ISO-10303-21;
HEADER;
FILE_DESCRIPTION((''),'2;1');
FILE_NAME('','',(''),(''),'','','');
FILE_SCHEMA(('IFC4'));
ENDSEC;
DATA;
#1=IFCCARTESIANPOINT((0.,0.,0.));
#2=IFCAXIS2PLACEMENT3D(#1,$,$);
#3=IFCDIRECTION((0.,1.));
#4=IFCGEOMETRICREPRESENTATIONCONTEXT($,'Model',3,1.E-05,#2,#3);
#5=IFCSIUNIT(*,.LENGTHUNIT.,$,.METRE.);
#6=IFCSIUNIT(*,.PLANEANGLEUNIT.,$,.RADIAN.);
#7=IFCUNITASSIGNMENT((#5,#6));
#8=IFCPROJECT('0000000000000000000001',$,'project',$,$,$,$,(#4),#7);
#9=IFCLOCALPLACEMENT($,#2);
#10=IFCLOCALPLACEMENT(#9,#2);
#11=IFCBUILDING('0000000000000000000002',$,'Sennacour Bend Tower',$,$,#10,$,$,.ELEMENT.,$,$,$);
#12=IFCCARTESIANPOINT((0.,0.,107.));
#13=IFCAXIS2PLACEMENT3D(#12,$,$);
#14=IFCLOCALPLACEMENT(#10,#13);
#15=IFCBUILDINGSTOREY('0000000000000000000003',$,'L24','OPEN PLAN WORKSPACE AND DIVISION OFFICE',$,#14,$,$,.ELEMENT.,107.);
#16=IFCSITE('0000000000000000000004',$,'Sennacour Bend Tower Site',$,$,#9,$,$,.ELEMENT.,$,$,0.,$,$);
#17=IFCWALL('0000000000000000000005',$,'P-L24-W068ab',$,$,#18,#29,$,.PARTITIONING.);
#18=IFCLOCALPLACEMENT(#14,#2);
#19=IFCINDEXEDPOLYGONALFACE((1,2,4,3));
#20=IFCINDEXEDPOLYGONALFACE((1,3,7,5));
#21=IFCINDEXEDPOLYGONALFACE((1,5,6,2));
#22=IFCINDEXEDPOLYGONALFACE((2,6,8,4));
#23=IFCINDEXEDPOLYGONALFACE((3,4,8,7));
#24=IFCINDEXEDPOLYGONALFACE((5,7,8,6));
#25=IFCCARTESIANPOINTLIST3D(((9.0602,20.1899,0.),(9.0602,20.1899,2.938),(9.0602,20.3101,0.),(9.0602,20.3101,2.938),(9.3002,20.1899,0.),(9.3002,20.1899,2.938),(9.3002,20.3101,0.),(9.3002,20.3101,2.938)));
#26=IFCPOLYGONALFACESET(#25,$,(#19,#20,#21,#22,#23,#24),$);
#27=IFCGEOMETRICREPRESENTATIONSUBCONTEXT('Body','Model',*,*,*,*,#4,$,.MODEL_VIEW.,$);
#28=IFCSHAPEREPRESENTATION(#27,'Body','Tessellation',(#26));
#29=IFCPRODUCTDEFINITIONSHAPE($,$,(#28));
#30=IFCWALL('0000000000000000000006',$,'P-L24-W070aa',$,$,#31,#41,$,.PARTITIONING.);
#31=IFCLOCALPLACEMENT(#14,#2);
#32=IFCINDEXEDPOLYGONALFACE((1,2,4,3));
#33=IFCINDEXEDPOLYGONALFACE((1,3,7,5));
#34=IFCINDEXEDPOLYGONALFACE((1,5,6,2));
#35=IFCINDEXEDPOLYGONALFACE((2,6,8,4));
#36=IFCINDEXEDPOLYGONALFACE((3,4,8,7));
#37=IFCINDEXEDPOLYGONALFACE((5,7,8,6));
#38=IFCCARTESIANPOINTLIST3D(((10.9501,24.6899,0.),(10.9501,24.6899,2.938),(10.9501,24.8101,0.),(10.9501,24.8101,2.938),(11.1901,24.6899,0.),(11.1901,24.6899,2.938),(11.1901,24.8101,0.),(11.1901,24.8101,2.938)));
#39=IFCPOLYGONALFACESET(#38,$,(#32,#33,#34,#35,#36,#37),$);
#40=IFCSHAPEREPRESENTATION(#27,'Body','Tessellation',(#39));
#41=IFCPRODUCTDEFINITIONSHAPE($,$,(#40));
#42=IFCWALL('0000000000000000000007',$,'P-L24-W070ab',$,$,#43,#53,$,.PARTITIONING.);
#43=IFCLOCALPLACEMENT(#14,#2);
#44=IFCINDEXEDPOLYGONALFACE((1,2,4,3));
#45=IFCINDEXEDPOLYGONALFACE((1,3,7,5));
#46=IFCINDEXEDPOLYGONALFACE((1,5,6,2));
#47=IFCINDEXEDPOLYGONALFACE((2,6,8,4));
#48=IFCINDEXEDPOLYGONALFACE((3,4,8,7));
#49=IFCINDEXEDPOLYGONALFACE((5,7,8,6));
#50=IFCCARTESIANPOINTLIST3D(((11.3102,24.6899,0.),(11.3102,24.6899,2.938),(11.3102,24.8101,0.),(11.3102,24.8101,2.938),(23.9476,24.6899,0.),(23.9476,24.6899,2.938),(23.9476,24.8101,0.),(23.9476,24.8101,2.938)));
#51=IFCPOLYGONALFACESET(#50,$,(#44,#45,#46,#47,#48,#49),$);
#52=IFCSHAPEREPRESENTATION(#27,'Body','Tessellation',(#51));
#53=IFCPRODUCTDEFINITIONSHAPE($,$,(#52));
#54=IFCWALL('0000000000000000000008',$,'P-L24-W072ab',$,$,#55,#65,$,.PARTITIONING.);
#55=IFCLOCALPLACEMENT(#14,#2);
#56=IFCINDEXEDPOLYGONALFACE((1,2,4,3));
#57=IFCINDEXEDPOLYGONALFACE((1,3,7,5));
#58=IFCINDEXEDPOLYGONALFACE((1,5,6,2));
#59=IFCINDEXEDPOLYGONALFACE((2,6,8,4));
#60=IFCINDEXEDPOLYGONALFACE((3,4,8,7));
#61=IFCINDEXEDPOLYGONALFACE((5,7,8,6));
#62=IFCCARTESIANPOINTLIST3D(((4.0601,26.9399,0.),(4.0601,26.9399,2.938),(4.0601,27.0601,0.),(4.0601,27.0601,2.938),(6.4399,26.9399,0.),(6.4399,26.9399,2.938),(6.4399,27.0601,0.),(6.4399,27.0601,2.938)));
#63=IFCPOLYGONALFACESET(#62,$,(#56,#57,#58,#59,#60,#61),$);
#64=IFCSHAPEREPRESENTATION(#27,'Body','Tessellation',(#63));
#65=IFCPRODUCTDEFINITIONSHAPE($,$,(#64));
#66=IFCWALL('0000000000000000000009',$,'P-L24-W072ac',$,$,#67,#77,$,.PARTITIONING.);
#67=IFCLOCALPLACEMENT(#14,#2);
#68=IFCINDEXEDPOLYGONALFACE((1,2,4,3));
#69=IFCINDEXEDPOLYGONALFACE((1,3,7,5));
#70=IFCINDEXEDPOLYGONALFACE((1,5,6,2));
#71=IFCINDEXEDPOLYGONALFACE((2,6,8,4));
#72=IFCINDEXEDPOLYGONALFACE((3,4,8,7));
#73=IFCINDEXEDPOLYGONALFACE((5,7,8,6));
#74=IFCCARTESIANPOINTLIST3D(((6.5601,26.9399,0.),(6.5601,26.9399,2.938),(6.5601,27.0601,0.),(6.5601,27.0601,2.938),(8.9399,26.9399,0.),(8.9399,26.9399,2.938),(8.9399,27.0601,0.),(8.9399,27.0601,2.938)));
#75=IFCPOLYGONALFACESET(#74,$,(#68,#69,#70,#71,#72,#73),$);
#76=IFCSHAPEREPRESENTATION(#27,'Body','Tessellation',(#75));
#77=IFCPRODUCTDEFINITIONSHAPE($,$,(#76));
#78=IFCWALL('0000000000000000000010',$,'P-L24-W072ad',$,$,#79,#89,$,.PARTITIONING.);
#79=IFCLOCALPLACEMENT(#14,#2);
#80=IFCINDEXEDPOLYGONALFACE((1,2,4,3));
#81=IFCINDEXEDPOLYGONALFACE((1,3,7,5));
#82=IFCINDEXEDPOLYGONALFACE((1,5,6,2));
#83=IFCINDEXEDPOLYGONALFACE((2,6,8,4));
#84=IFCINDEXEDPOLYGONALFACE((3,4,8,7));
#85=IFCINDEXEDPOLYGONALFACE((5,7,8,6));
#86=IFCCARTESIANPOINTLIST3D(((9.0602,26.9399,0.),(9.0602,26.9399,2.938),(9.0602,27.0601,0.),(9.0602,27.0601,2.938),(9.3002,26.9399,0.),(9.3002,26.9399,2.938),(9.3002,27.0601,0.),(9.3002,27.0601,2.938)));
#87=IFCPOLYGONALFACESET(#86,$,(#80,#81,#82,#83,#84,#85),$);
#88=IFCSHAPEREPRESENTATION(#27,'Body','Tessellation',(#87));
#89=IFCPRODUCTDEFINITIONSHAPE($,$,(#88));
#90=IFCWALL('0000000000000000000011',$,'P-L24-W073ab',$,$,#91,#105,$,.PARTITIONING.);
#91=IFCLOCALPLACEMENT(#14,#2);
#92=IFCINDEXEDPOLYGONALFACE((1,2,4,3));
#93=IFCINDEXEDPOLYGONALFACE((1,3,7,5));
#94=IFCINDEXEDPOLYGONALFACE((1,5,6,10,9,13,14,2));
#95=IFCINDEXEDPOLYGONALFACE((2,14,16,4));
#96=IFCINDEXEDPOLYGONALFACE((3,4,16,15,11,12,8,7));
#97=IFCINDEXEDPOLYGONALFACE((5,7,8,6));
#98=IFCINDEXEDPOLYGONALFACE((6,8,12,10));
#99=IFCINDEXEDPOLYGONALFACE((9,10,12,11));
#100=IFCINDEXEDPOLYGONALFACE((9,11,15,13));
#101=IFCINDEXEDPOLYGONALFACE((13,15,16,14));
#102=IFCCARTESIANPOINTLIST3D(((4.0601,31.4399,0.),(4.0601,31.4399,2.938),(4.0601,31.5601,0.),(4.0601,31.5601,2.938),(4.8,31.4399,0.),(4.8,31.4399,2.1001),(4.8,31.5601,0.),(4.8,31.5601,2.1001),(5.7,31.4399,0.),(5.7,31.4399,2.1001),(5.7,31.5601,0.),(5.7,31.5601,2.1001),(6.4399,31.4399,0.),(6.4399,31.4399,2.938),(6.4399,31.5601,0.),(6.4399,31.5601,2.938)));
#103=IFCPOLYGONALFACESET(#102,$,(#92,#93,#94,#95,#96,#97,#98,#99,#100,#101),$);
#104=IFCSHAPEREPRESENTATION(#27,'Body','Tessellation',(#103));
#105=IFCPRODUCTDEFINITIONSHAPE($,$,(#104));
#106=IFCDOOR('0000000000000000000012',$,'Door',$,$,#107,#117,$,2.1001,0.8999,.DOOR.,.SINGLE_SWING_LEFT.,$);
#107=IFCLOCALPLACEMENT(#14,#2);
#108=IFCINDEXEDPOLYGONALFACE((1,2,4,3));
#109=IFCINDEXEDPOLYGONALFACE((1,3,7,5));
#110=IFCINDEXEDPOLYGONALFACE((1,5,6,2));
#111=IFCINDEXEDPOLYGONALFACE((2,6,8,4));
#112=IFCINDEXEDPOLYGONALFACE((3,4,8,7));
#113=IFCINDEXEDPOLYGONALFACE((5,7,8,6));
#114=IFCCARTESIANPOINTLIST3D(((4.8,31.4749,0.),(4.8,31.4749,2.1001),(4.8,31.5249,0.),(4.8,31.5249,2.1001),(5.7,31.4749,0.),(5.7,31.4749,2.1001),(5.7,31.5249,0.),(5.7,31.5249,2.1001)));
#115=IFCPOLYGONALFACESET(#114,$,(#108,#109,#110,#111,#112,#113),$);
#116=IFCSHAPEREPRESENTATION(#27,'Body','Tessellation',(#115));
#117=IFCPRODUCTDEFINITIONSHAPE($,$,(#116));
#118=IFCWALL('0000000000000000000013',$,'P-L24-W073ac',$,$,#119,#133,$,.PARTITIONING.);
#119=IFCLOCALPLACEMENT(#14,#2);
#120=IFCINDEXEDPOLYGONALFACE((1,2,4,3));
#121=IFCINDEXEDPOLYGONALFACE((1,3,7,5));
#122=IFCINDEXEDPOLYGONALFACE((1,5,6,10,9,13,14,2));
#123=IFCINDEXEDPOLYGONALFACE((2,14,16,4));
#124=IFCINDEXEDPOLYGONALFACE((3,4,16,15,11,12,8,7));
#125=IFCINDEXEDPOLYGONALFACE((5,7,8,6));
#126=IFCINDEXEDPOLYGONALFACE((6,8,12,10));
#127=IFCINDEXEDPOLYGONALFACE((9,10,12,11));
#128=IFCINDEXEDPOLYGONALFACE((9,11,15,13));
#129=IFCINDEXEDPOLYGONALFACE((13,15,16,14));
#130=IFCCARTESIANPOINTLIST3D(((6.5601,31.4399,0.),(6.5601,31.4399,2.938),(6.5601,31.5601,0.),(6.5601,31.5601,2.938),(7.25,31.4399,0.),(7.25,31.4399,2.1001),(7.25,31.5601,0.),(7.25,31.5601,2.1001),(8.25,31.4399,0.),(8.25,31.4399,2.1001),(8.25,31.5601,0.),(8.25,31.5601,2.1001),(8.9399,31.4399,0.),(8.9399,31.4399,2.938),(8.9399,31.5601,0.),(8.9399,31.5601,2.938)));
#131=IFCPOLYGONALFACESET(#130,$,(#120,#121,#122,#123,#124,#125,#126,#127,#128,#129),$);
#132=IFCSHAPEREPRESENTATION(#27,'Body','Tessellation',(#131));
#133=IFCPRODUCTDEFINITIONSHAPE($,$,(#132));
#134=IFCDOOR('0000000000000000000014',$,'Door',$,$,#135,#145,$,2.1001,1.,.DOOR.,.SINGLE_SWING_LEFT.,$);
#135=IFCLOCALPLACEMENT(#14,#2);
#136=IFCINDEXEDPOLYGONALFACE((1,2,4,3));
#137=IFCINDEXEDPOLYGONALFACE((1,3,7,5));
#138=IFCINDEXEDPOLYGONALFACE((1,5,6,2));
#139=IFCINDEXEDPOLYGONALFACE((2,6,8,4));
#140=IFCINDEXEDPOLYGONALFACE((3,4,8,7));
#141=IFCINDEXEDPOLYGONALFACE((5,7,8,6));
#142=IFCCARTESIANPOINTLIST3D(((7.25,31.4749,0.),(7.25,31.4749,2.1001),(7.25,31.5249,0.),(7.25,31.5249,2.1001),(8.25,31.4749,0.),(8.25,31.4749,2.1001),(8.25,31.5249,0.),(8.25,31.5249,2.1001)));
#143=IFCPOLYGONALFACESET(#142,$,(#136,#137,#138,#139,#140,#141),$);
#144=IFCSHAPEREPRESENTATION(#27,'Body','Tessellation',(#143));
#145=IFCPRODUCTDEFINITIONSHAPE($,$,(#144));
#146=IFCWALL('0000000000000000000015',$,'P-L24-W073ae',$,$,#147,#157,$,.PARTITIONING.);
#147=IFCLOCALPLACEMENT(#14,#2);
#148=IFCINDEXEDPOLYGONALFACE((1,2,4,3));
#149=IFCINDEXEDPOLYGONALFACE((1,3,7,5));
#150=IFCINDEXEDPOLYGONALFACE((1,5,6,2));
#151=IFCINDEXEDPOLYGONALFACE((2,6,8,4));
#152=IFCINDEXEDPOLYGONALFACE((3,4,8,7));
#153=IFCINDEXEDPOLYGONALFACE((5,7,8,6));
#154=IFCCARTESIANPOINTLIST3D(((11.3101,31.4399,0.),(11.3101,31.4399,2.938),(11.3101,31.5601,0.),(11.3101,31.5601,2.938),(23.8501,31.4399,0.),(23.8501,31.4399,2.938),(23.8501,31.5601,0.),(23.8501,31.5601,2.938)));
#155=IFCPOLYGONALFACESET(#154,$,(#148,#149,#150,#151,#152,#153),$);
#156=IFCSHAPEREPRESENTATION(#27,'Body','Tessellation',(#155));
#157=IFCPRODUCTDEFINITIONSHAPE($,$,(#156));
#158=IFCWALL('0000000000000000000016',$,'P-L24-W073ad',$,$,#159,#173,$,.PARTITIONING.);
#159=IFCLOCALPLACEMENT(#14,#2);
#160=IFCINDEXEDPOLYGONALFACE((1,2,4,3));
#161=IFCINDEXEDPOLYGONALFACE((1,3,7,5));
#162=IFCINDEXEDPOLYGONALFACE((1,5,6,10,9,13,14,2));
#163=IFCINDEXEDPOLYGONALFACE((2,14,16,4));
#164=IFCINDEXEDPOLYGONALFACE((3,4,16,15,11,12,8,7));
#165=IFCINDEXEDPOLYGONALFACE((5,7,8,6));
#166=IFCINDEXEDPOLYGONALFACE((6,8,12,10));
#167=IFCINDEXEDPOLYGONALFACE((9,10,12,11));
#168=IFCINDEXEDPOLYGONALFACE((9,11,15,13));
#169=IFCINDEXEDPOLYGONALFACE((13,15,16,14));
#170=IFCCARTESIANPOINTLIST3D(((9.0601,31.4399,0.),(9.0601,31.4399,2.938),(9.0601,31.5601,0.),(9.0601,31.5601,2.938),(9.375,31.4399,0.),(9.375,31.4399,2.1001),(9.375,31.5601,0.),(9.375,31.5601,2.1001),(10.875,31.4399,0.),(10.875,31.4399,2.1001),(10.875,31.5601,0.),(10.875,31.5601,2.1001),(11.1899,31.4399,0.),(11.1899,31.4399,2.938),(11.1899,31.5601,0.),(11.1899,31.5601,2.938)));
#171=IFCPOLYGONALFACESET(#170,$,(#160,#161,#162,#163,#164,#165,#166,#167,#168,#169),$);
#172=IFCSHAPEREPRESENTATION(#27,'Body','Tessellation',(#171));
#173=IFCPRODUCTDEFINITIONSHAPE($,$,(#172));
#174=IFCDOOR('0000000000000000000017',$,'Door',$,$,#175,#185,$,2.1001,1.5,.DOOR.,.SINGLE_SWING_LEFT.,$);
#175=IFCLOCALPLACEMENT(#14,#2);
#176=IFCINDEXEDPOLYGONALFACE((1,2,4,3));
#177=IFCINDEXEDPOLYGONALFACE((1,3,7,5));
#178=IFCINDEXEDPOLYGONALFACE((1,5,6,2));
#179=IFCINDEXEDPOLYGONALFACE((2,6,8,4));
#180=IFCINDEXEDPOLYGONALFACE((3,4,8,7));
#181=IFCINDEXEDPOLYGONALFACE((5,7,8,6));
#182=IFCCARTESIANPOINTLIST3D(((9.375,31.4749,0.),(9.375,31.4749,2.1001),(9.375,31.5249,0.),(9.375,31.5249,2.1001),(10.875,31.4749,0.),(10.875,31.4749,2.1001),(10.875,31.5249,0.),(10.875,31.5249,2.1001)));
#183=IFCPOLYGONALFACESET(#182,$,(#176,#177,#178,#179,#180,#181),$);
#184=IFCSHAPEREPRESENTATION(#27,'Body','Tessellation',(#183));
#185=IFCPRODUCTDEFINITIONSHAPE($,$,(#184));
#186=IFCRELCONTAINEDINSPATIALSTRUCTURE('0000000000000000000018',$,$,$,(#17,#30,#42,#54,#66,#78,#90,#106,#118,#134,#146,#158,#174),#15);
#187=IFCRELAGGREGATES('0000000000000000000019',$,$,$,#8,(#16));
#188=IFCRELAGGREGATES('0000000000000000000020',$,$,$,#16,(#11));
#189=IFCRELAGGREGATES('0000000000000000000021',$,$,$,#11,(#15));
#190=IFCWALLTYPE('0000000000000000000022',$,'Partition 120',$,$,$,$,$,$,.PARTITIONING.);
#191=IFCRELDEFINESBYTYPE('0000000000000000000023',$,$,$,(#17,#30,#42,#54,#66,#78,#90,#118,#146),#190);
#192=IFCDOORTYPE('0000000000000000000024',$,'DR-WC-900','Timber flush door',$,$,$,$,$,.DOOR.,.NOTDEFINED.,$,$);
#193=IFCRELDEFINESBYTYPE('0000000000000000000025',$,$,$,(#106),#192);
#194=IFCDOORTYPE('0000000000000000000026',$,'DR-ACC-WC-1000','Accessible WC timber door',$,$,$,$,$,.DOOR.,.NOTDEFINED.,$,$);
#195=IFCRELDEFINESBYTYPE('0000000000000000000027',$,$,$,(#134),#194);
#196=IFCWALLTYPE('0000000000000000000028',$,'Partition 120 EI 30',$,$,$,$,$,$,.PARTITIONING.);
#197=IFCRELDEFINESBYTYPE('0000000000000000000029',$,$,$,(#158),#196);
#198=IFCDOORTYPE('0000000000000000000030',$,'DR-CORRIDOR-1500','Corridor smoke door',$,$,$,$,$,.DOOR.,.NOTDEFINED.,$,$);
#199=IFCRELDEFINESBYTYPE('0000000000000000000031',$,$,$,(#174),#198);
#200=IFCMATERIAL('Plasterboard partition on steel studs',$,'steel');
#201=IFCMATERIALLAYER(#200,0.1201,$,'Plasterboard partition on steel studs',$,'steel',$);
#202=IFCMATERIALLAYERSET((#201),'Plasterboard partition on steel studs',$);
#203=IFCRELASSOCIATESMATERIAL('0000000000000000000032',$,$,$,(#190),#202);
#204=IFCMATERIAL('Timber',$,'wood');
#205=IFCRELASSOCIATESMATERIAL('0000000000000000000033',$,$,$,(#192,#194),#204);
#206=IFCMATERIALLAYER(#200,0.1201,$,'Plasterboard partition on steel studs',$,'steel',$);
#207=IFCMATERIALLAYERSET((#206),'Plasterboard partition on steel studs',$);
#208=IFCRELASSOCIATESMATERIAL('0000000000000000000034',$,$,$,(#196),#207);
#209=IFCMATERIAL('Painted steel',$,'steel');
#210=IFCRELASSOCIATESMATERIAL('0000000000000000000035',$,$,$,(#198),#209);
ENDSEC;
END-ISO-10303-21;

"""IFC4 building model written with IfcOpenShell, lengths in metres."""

from ifc_helpers import new_model, si_unit, direction, frame, frame_2d, origin, place, context, subcontext, project, spatial, rectangle, extrude, material, layer, layer_set, type_object, element, fill, save


model = new_model("IFC4")

# Units and contexts
model_context = context("Model", 3, precision=1e-05, world=origin(), true_north=direction((0.0, 1.0)))
body_context = subcontext(model_context, "Body", "Model", "MODEL_VIEW")
ifc_project = project(units=[si_unit("LENGTHUNIT", "METRE"), si_unit("PLANEANGLEUNIT", "RADIAN")], contexts=[model_context])

# Site, building, storey
site_placement = place(None, origin())
site = spatial("IfcSite", under=ifc_project, at=site_placement, Name="Sennacour Bend Tower Site", CompositionType="ELEMENT", RefElevation=0.0)
building_placement = place(site_placement, origin())
building = spatial("IfcBuilding", under=site, at=building_placement, Name="Sennacour Bend Tower", CompositionType="ELEMENT")
storey_placement = place(building_placement, frame((0.0, 0.0, 107.0)))
storey = spatial("IfcBuildingStorey", under=building, at=storey_placement, Name="L24", Description="OPEN PLAN WORKSPACE AND DIVISION OFFICE", CompositionType="ELEMENT", Elevation=107.0)

# Walls
ifc_material_1 = material(Name="Plasterboard partition on steel studs", Category="steel")
ifc_layer_1 = layer(ifc_material_1, 0.1201, Name="Plasterboard partition on steel studs", Category="steel")
ifc_layer_set_1 = layer_set([ifc_layer_1], Name="Plasterboard partition on steel studs")
wall_type_1 = type_object("IfcWallType", Name="Partition 120", PredefinedType="PARTITIONING", material=ifc_layer_set_1)
for number, where, z_axis, x_axis, name in (
    (1, (9.0601, 20.25, 0.0), (0.0, 0.0, 1.0), (1.0, 0.0, 0.0), "P-L24-W068ab"),
    (2, (10.95, 24.75, 0.0), (0.0, 0.0, 1.0), (1.0, 0.0, 0.0), "P-L24-W070aa"),
):
    element("IfcWall", number, at=place(storey_placement, frame(where, z_axis=z_axis, x_axis=x_axis)), inside=storey, type_object=wall_type_1, Name=name, PredefinedType="PARTITIONING", context=body_context, shape_type="SweptSolid", body=[
        extrude(rectangle(XDim=0.24, YDim=0.1201, at=frame_2d((0.1201, 0.0))), origin(), (0.0, 0.0, 1.0), 2.938),
    ])
wall_1_placement = place(storey_placement, frame((11.3101, 24.75, 0.0), z_axis=(0.0, 0.0, 1.0), x_axis=(1.0, 0.0, 0.0)))
element("IfcWall", 3, at=wall_1_placement, inside=storey, type_object=wall_type_1, Name="P-L24-W070ab", PredefinedType="PARTITIONING", context=body_context, shape_type="SweptSolid", body=[
    extrude(rectangle(XDim=12.6375, YDim=0.1201, at=frame_2d((6.3188, 0.0))), origin(), (0.0, 0.0, 1.0), 2.938),
])
for number, where, z_axis, x_axis, name in (
    (4, (4.0601, 27.0, 0.0), (0.0, 0.0, 1.0), (1.0, 0.0, 0.0), "P-L24-W072ab"),
    (5, (6.5601, 27.0, 0.0), (0.0, 0.0, 1.0), (1.0, 0.0, 0.0), "P-L24-W072ac"),
):
    element("IfcWall", number, at=place(storey_placement, frame(where, z_axis=z_axis, x_axis=x_axis)), inside=storey, type_object=wall_type_1, Name=name, PredefinedType="PARTITIONING", context=body_context, shape_type="SweptSolid", body=[
        extrude(rectangle(XDim=2.3799, YDim=0.1201, at=frame_2d((1.1899, 0.0))), origin(), (0.0, 0.0, 1.0), 2.938),
    ])
wall_2_placement = place(storey_placement, frame((9.0601, 27.0, 0.0), z_axis=(0.0, 0.0, 1.0), x_axis=(1.0, 0.0, 0.0)))
element("IfcWall", 6, at=wall_2_placement, inside=storey, type_object=wall_type_1, Name="P-L24-W072ad", PredefinedType="PARTITIONING", context=body_context, shape_type="SweptSolid", body=[
    extrude(rectangle(XDim=0.24, YDim=0.1201, at=frame_2d((0.1201, 0.0))), origin(), (0.0, 0.0, 1.0), 2.938),
])

# Walls, openings, doors
wall_3_placement = place(storey_placement, frame((4.0601, 31.5, 0.0), z_axis=(0.0, 0.0, 1.0), x_axis=(1.0, 0.0, 0.0)))
wall_3 = element("IfcWall", 7, at=wall_3_placement, inside=storey, type_object=wall_type_1, Name="P-L24-W073ab", PredefinedType="PARTITIONING", context=body_context, shape_type="SweptSolid", body=[
    extrude(rectangle(XDim=2.3799, YDim=0.1201, at=frame_2d((1.1899, 0.0))), origin(), (0.0, 0.0, 1.0), 2.938),
])
opening_1_placement = place(wall_3_placement, frame((0.74, 0.0, 0.0)))
opening_1 = element("IfcOpeningElement", 8, at=opening_1_placement, cuts=wall_3, PredefinedType="OPENING", context=body_context, shape_type="SweptSolid", body=[
    extrude(rectangle(XDim=0.8999, YDim=2.1001, at=frame_2d((0.45, 1.05))), frame((0.0, 0.0701, 0.0), z_axis=(0.0, -1.0, 0.0), x_axis=(1.0, 0.0, 0.0)), (0.0, 0.0, 1.0), 0.1401),
])
ifc_material_2 = material(Name="Timber", Category="wood")
door_type_1 = type_object("IfcDoorType", Name="DR-WC-900", Description="Timber flush door", OperationType="NOTDEFINED", PredefinedType="DOOR", material=ifc_material_2)
door_1_placement = place(opening_1_placement, origin())
door_1 = element("IfcDoor", 9, at=door_1_placement, inside=storey, type_object=door_type_1, Name="Door", OperationType="SINGLE_SWING_LEFT", OverallHeight=2.1001, OverallWidth=0.8999, PredefinedType="DOOR", context=body_context, shape_type="SweptSolid", body=[
    extrude(rectangle(XDim=0.8999, YDim=2.1001, at=frame_2d((0.45, 1.05))), frame((0.0, 0.0249, 0.0), z_axis=(0.0, -1.0, 0.0), x_axis=(1.0, 0.0, 0.0)), (0.0, 0.0, 1.0), 0.05),
])
fill(opening_1, door_1)
wall_4_placement = place(storey_placement, frame((6.5601, 31.5, 0.0), z_axis=(0.0, 0.0, 1.0), x_axis=(1.0, 0.0, 0.0)))
wall_4 = element("IfcWall", 10, at=wall_4_placement, inside=storey, type_object=wall_type_1, Name="P-L24-W073ac", PredefinedType="PARTITIONING", context=body_context, shape_type="SweptSolid", body=[
    extrude(rectangle(XDim=2.3799, YDim=0.1201, at=frame_2d((1.1899, 0.0))), origin(), (0.0, 0.0, 1.0), 2.938),
])
opening_2_placement = place(wall_4_placement, frame((0.6899, 0.0, 0.0)))
opening_2 = element("IfcOpeningElement", 11, at=opening_2_placement, cuts=wall_4, PredefinedType="OPENING", context=body_context, shape_type="SweptSolid", body=[
    extrude(rectangle(XDim=1.0, YDim=2.1001, at=frame_2d((0.5, 1.05))), frame((0.0, 0.0701, 0.0), z_axis=(0.0, -1.0, 0.0), x_axis=(1.0, 0.0, 0.0)), (0.0, 0.0, 1.0), 0.1401),
])
door_type_2 = type_object("IfcDoorType", Name="DR-ACC-WC-1000", Description="Accessible WC timber door", OperationType="NOTDEFINED", PredefinedType="DOOR", material=ifc_material_2)
door_2_placement = place(opening_2_placement, origin())
door_2 = element("IfcDoor", 12, at=door_2_placement, inside=storey, type_object=door_type_2, Name="Door", OperationType="SINGLE_SWING_LEFT", OverallHeight=2.1001, OverallWidth=1.0, PredefinedType="DOOR", context=body_context, shape_type="SweptSolid", body=[
    extrude(rectangle(XDim=1.0, YDim=2.1001, at=frame_2d((0.5, 1.05))), frame((0.0, 0.0249, 0.0), z_axis=(0.0, -1.0, 0.0), x_axis=(1.0, 0.0, 0.0)), (0.0, 0.0, 1.0), 0.05),
])
fill(opening_2, door_2)

# Wall
wall_5_placement = place(storey_placement, frame((11.3101, 31.5, 0.0), z_axis=(0.0, 0.0, 1.0), x_axis=(1.0, 0.0, 0.0)))
element("IfcWall", 13, at=wall_5_placement, inside=storey, type_object=wall_type_1, Name="P-L24-W073ae", PredefinedType="PARTITIONING", context=body_context, shape_type="SweptSolid", body=[
    extrude(rectangle(XDim=12.54, YDim=0.1201, at=frame_2d((6.27, 0.0))), origin(), (0.0, 0.0, 1.0), 2.938),
])

# Wall, opening, door
ifc_layer_2 = layer(ifc_material_1, 0.1201, Name="Plasterboard partition on steel studs", Category="steel")
ifc_layer_set_2 = layer_set([ifc_layer_2], Name="Plasterboard partition on steel studs")
wall_type_2 = type_object("IfcWallType", Name="Partition 120 EI 30", PredefinedType="PARTITIONING", material=ifc_layer_set_2)
wall_6_placement = place(storey_placement, frame((9.0601, 31.5, 0.0), z_axis=(0.0, 0.0, 1.0), x_axis=(1.0, 0.0, 0.0)))
wall_6 = element("IfcWall", 14, at=wall_6_placement, inside=storey, type_object=wall_type_2, Name="P-L24-W073ad", PredefinedType="PARTITIONING", context=body_context, shape_type="SweptSolid", body=[
    extrude(rectangle(XDim=2.1299, YDim=0.1201, at=frame_2d((1.0649, 0.0))), origin(), (0.0, 0.0, 1.0), 2.938),
])
opening_3_placement = place(wall_6_placement, frame((0.3149, 0.0, 0.0)))
opening_3 = element("IfcOpeningElement", 15, at=opening_3_placement, cuts=wall_6, PredefinedType="OPENING", context=body_context, shape_type="SweptSolid", body=[
    extrude(rectangle(XDim=1.5, YDim=2.1001, at=frame_2d((0.75, 1.05))), frame((0.0, 0.0701, 0.0), z_axis=(0.0, -1.0, 0.0), x_axis=(1.0, 0.0, 0.0)), (0.0, 0.0, 1.0), 0.1401),
])
ifc_material_3 = material(Name="Painted steel", Category="steel")
door_type_3 = type_object("IfcDoorType", Name="DR-CORRIDOR-1500", Description="Corridor smoke door", OperationType="NOTDEFINED", PredefinedType="DOOR", material=ifc_material_3)
door_3_placement = place(opening_3_placement, origin())
door_3 = element("IfcDoor", 16, at=door_3_placement, inside=storey, type_object=door_type_3, Name="Door", OperationType="SINGLE_SWING_LEFT", OverallHeight=2.1001, OverallWidth=1.5, PredefinedType="DOOR", context=body_context, shape_type="SweptSolid", body=[
    extrude(rectangle(XDim=1.5, YDim=2.1001, at=frame_2d((0.75, 1.05))), frame((0.0, 0.0249, 0.0), z_axis=(0.0, -1.0, 0.0), x_axis=(1.0, 0.0, 0.0)), (0.0, 0.0, 1.0), 0.05),
])
fill(opening_3, door_3)

save(model, "model.ifc")
